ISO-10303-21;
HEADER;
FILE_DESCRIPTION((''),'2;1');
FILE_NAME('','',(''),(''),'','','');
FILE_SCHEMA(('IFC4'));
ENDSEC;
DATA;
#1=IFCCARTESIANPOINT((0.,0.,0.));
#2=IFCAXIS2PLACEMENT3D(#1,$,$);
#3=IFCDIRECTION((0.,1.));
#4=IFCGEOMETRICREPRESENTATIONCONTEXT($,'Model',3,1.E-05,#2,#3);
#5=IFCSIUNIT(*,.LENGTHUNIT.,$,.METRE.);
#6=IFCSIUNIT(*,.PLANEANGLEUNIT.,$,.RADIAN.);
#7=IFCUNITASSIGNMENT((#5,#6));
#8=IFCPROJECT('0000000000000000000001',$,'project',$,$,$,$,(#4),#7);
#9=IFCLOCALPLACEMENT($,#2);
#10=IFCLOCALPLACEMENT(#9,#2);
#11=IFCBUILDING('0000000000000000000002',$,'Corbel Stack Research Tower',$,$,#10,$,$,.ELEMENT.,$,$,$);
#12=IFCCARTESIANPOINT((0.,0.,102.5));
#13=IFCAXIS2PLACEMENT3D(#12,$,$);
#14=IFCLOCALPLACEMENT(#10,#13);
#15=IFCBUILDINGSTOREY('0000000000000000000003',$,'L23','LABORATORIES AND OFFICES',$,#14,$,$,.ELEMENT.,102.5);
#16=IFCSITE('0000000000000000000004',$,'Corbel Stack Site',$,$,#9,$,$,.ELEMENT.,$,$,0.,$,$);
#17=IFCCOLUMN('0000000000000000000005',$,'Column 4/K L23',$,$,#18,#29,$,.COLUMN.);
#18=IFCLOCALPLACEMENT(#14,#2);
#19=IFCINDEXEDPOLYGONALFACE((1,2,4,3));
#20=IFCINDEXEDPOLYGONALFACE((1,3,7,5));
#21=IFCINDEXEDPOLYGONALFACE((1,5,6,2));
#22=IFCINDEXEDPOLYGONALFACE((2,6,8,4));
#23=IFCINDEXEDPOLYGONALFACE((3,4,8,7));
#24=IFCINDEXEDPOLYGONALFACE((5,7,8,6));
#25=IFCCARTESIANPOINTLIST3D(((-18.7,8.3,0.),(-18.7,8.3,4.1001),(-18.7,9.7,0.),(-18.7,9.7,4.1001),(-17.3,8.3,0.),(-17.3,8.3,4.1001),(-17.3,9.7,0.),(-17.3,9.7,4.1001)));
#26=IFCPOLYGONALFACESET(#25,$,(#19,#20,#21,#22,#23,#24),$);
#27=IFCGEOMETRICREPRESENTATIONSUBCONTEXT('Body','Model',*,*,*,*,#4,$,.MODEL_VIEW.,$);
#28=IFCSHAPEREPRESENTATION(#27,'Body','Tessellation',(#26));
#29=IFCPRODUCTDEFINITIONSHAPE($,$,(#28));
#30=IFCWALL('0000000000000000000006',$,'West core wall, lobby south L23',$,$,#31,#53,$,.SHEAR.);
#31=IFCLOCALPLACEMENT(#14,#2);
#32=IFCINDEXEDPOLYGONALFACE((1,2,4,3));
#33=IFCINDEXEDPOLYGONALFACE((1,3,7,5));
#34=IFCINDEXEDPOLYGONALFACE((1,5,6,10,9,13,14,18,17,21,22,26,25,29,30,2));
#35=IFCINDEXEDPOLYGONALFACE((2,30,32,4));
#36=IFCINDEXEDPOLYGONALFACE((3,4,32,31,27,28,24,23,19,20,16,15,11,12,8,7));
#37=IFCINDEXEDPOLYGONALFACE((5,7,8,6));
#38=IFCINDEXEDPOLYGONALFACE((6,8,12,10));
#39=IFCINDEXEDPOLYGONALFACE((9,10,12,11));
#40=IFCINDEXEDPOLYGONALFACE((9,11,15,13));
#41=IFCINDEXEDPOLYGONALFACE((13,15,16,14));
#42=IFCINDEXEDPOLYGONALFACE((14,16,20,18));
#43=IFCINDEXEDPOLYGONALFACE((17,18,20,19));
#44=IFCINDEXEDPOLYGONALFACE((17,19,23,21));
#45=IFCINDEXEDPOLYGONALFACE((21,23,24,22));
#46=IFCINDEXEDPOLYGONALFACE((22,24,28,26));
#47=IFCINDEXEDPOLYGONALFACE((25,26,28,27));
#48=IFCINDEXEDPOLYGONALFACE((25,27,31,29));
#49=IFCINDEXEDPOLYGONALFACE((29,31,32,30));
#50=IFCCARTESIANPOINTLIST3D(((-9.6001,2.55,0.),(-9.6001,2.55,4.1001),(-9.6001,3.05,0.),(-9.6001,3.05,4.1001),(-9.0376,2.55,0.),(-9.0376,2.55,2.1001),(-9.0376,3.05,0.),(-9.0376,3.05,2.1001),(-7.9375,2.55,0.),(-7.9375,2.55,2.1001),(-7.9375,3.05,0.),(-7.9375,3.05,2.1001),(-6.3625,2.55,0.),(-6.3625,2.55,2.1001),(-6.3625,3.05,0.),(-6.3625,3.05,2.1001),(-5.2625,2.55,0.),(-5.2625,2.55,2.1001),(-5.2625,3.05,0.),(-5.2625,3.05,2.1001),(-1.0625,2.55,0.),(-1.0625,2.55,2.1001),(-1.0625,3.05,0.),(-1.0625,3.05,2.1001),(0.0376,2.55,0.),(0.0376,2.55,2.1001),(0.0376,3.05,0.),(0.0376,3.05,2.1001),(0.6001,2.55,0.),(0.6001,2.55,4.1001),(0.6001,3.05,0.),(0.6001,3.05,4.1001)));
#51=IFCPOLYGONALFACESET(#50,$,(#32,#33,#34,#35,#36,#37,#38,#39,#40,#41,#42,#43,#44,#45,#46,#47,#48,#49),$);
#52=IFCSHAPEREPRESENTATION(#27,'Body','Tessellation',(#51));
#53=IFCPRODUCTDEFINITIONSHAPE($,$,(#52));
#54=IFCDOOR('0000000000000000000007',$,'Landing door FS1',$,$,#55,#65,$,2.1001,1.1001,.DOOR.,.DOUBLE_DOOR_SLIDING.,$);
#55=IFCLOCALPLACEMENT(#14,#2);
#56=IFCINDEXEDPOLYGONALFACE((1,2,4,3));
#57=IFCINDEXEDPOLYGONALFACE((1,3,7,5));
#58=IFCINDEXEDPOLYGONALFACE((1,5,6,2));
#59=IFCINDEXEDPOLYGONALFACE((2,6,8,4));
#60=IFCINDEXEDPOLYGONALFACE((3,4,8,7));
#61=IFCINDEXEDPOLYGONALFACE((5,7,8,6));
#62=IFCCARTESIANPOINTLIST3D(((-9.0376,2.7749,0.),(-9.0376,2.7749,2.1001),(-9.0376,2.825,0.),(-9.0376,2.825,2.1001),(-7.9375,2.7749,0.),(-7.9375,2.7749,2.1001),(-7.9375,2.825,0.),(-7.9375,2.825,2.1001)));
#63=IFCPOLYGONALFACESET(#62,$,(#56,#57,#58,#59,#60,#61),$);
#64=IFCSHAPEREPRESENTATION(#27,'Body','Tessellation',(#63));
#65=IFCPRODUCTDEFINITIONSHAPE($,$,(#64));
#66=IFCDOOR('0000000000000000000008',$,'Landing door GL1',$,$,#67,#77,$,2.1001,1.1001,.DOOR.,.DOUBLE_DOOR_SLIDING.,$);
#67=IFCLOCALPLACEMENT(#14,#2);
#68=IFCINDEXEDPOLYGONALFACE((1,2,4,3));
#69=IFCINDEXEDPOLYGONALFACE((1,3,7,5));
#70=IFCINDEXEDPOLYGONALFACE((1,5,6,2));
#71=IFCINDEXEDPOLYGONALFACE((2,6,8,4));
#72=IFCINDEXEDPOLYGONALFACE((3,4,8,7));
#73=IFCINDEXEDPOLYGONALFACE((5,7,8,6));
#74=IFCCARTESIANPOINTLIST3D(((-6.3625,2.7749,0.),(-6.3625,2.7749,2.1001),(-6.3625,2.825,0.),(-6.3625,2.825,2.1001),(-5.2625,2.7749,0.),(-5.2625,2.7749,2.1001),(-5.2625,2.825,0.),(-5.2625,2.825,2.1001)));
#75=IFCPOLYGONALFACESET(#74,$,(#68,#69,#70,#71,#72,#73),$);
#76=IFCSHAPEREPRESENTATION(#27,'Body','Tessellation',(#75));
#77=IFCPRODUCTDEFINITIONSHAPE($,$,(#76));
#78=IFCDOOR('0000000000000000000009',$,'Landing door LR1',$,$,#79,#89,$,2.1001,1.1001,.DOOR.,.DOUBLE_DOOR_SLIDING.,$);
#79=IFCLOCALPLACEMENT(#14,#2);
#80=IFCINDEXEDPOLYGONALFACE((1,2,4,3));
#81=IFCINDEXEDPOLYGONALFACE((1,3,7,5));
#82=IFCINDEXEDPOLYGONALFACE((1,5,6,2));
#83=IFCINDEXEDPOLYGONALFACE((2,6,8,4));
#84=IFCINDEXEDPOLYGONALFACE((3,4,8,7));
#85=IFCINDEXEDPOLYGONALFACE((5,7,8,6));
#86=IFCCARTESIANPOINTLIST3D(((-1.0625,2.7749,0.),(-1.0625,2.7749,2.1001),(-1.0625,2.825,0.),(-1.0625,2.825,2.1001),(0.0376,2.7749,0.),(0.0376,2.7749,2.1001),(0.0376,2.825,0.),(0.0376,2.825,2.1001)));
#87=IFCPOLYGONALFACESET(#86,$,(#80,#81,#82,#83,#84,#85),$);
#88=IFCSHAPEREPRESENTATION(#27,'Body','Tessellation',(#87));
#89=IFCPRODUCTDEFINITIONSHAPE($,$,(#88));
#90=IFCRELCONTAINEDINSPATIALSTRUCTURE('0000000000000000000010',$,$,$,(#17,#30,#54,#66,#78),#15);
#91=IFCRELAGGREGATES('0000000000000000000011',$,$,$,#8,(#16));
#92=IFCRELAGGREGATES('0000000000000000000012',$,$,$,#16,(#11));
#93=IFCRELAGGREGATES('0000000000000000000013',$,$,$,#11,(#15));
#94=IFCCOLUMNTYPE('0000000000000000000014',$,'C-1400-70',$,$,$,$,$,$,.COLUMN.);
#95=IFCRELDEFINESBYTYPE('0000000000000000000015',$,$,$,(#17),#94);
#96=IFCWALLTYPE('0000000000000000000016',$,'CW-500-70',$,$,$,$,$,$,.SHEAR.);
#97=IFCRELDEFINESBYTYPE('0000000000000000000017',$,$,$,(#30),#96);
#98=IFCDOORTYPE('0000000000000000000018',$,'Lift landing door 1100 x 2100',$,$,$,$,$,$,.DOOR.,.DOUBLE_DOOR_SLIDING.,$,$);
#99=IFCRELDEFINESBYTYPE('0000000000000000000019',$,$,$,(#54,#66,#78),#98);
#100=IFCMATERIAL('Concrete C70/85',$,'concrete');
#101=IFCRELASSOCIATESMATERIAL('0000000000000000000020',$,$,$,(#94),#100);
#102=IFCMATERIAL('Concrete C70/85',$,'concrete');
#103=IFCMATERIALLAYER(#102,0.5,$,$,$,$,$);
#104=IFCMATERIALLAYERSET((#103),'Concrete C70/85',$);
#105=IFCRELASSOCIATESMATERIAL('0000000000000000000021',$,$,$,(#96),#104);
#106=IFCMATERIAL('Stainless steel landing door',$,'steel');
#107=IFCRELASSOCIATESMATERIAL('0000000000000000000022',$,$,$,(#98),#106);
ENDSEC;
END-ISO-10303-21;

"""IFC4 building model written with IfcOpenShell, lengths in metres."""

from ifc_helpers import new_model, si_unit, direction, frame, frame_2d, origin, origin_2d, place, context, subcontext, project, spatial, rectangle, extrude, material, layer, layer_set, material_profile, profile_set, type_object, element, fill, save


model = new_model("IFC4")

# Units and contexts
model_context = context("Model", 3, precision=1e-05, world=origin(), true_north=direction((0.0, 1.0)))
body_context = subcontext(model_context, "Body", "Model", "MODEL_VIEW")
ifc_project = project(units=[si_unit("LENGTHUNIT", "METRE"), si_unit("PLANEANGLEUNIT", "RADIAN")], contexts=[model_context])

# Site, building, storey
site_placement = place(None, origin())
site = spatial("IfcSite", under=ifc_project, at=site_placement, Name="Corbel Stack Site", CompositionType="ELEMENT", RefElevation=0.0)
building_placement = place(site_placement, origin())
building = spatial("IfcBuilding", under=site, at=building_placement, Name="Corbel Stack Research Tower", CompositionType="ELEMENT")
storey_placement = place(building_placement, frame((0.0, 0.0, 102.5)))
storey = spatial("IfcBuildingStorey", under=building, at=storey_placement, Name="L23", Description="LABORATORIES AND OFFICES", CompositionType="ELEMENT", Elevation=102.5)

# Column
ifc_material_1 = material(Name="Concrete C70/85", Category="concrete")
ifc_material_profile = material_profile(ifc_material_1, rectangle(XDim=1.3999, YDim=1.3999, at=origin_2d()), Name="RC 1400 x 1400")
ifc_profile_set = profile_set([ifc_material_profile], Name="Concrete C70/85")
column_type = type_object("IfcColumnType", Name="C-1400-70", PredefinedType="COLUMN", material=ifc_profile_set)
column_placement = place(storey_placement, frame((-18.0, 9.0, 0.0), z_axis=(0.0, 0.0, 1.0), x_axis=(1.0, 0.0, 0.0)))
element("IfcColumn", 1, at=column_placement, inside=storey, type_object=column_type, Name="Column 4/K L23", PredefinedType="COLUMN", context=body_context, shape_type="SweptSolid", body=[
    extrude(rectangle(XDim=1.3999, YDim=1.3999, at=origin_2d()), origin(), (0.0, 0.0, 1.0), 4.1001),
])

# Wall, openings, doors
ifc_material_2 = material(Name="Concrete C70/85", Category="concrete")
ifc_layer_1 = layer(ifc_material_2, 0.5)
ifc_layer_set_1 = layer_set([ifc_layer_1], Name="Concrete C70/85")
wall_type_1 = type_object("IfcWallType", Name="CW-500-70", PredefinedType="SHEAR", material=ifc_layer_set_1)
wall_1_placement = place(storey_placement, frame((-9.6001, 2.8, 0.0), z_axis=(0.0, 0.0, 1.0), x_axis=(1.0, 0.0, 0.0)))
wall_1 = element("IfcWall", 2, at=wall_1_placement, inside=storey, type_object=wall_type_1, Name="West core wall, lobby south L23", PredefinedType="SHEAR", context=body_context, shape_type="SweptSolid", body=[
    extrude(rectangle(XDim=10.2002, YDim=0.5, at=frame_2d((5.1001, 0.0))), origin(), (0.0, 0.0, 1.0), 4.1001),
])
opening_1_placement = place(wall_1_placement, frame((0.5625, 0.0, 0.0)))
opening_1 = element("IfcOpeningElement", 3, at=opening_1_placement, cuts=wall_1, PredefinedType="OPENING", context=body_context, shape_type="SweptSolid", body=[
    extrude(rectangle(XDim=1.1001, YDim=2.1001, at=frame_2d((0.55, 1.05))), frame((0.0, 0.26, 0.0), z_axis=(0.0, -1.0, 0.0), x_axis=(1.0, 0.0, 0.0)), (0.0, 0.0, 1.0), 0.52),
])
opening_2_placement = place(wall_1_placement, frame((3.2375, 0.0, 0.0)))
opening_2 = element("IfcOpeningElement", 4, at=opening_2_placement, cuts=wall_1, PredefinedType="OPENING", context=body_context, shape_type="SweptSolid", body=[
    extrude(rectangle(XDim=1.1001, YDim=2.1001, at=frame_2d((0.55, 1.05))), frame((0.0, 0.26, 0.0), z_axis=(0.0, -1.0, 0.0), x_axis=(1.0, 0.0, 0.0)), (0.0, 0.0, 1.0), 0.52),
])
opening_3_placement = place(wall_1_placement, frame((8.5376, 0.0, 0.0)))
opening_3 = element("IfcOpeningElement", 5, at=opening_3_placement, cuts=wall_1, PredefinedType="OPENING", context=body_context, shape_type="SweptSolid", body=[
    extrude(rectangle(XDim=1.1001, YDim=2.1001, at=frame_2d((0.55, 1.05))), frame((0.0, 0.26, 0.0), z_axis=(0.0, -1.0, 0.0), x_axis=(1.0, 0.0, 0.0)), (0.0, 0.0, 1.0), 0.52),
])
ifc_material_3 = material(Name="Stainless steel landing door", Category="steel")
door_type_1 = type_object("IfcDoorType", Name="Lift landing door 1100 x 2100", OperationType="DOUBLE_DOOR_SLIDING", PredefinedType="DOOR", material=ifc_material_3)
door_1_placement = place(opening_1_placement, origin())
door_1 = element("IfcDoor", 6, at=door_1_placement, inside=storey, type_object=door_type_1, Name="Landing door FS1", OperationType="DOUBLE_DOOR_SLIDING", OverallHeight=2.1001, OverallWidth=1.1001, PredefinedType="DOOR", context=body_context, shape_type="SweptSolid", body=[
    extrude(rectangle(XDim=1.1001, YDim=2.1001, at=frame_2d((0.55, 1.05))), frame((0.0, 0.0249, 0.0), z_axis=(0.0, -1.0, 0.0), x_axis=(1.0, 0.0, 0.0)), (0.0, 0.0, 1.0), 0.05),
])
fill(opening_1, door_1)
door_2_placement = place(opening_2_placement, origin())
door_2 = element("IfcDoor", 7, at=door_2_placement, inside=storey, type_object=door_type_1, Name="Landing door GL1", OperationType="DOUBLE_DOOR_SLIDING", OverallHeight=2.1001, OverallWidth=1.1001, PredefinedType="DOOR", context=body_context, shape_type="SweptSolid", body=[
    extrude(rectangle(XDim=1.1001, YDim=2.1001, at=frame_2d((0.55, 1.05))), frame((0.0, 0.0249, 0.0), z_axis=(0.0, -1.0, 0.0), x_axis=(1.0, 0.0, 0.0)), (0.0, 0.0, 1.0), 0.05),
])
fill(opening_2, door_2)
door_3_placement = place(opening_3_placement, origin())
door_3 = element("IfcDoor", 8, at=door_3_placement, inside=storey, type_object=door_type_1, Name="Landing door LR1", OperationType="DOUBLE_DOOR_SLIDING", OverallHeight=2.1001, OverallWidth=1.1001, PredefinedType="DOOR", context=body_context, shape_type="SweptSolid", body=[
    extrude(rectangle(XDim=1.1001, YDim=2.1001, at=frame_2d((0.55, 1.05))), frame((0.0, 0.0249, 0.0), z_axis=(0.0, -1.0, 0.0), x_axis=(1.0, 0.0, 0.0)), (0.0, 0.0, 1.0), 0.05),
])
fill(opening_3, door_3)

save(model, "model.ifc")
